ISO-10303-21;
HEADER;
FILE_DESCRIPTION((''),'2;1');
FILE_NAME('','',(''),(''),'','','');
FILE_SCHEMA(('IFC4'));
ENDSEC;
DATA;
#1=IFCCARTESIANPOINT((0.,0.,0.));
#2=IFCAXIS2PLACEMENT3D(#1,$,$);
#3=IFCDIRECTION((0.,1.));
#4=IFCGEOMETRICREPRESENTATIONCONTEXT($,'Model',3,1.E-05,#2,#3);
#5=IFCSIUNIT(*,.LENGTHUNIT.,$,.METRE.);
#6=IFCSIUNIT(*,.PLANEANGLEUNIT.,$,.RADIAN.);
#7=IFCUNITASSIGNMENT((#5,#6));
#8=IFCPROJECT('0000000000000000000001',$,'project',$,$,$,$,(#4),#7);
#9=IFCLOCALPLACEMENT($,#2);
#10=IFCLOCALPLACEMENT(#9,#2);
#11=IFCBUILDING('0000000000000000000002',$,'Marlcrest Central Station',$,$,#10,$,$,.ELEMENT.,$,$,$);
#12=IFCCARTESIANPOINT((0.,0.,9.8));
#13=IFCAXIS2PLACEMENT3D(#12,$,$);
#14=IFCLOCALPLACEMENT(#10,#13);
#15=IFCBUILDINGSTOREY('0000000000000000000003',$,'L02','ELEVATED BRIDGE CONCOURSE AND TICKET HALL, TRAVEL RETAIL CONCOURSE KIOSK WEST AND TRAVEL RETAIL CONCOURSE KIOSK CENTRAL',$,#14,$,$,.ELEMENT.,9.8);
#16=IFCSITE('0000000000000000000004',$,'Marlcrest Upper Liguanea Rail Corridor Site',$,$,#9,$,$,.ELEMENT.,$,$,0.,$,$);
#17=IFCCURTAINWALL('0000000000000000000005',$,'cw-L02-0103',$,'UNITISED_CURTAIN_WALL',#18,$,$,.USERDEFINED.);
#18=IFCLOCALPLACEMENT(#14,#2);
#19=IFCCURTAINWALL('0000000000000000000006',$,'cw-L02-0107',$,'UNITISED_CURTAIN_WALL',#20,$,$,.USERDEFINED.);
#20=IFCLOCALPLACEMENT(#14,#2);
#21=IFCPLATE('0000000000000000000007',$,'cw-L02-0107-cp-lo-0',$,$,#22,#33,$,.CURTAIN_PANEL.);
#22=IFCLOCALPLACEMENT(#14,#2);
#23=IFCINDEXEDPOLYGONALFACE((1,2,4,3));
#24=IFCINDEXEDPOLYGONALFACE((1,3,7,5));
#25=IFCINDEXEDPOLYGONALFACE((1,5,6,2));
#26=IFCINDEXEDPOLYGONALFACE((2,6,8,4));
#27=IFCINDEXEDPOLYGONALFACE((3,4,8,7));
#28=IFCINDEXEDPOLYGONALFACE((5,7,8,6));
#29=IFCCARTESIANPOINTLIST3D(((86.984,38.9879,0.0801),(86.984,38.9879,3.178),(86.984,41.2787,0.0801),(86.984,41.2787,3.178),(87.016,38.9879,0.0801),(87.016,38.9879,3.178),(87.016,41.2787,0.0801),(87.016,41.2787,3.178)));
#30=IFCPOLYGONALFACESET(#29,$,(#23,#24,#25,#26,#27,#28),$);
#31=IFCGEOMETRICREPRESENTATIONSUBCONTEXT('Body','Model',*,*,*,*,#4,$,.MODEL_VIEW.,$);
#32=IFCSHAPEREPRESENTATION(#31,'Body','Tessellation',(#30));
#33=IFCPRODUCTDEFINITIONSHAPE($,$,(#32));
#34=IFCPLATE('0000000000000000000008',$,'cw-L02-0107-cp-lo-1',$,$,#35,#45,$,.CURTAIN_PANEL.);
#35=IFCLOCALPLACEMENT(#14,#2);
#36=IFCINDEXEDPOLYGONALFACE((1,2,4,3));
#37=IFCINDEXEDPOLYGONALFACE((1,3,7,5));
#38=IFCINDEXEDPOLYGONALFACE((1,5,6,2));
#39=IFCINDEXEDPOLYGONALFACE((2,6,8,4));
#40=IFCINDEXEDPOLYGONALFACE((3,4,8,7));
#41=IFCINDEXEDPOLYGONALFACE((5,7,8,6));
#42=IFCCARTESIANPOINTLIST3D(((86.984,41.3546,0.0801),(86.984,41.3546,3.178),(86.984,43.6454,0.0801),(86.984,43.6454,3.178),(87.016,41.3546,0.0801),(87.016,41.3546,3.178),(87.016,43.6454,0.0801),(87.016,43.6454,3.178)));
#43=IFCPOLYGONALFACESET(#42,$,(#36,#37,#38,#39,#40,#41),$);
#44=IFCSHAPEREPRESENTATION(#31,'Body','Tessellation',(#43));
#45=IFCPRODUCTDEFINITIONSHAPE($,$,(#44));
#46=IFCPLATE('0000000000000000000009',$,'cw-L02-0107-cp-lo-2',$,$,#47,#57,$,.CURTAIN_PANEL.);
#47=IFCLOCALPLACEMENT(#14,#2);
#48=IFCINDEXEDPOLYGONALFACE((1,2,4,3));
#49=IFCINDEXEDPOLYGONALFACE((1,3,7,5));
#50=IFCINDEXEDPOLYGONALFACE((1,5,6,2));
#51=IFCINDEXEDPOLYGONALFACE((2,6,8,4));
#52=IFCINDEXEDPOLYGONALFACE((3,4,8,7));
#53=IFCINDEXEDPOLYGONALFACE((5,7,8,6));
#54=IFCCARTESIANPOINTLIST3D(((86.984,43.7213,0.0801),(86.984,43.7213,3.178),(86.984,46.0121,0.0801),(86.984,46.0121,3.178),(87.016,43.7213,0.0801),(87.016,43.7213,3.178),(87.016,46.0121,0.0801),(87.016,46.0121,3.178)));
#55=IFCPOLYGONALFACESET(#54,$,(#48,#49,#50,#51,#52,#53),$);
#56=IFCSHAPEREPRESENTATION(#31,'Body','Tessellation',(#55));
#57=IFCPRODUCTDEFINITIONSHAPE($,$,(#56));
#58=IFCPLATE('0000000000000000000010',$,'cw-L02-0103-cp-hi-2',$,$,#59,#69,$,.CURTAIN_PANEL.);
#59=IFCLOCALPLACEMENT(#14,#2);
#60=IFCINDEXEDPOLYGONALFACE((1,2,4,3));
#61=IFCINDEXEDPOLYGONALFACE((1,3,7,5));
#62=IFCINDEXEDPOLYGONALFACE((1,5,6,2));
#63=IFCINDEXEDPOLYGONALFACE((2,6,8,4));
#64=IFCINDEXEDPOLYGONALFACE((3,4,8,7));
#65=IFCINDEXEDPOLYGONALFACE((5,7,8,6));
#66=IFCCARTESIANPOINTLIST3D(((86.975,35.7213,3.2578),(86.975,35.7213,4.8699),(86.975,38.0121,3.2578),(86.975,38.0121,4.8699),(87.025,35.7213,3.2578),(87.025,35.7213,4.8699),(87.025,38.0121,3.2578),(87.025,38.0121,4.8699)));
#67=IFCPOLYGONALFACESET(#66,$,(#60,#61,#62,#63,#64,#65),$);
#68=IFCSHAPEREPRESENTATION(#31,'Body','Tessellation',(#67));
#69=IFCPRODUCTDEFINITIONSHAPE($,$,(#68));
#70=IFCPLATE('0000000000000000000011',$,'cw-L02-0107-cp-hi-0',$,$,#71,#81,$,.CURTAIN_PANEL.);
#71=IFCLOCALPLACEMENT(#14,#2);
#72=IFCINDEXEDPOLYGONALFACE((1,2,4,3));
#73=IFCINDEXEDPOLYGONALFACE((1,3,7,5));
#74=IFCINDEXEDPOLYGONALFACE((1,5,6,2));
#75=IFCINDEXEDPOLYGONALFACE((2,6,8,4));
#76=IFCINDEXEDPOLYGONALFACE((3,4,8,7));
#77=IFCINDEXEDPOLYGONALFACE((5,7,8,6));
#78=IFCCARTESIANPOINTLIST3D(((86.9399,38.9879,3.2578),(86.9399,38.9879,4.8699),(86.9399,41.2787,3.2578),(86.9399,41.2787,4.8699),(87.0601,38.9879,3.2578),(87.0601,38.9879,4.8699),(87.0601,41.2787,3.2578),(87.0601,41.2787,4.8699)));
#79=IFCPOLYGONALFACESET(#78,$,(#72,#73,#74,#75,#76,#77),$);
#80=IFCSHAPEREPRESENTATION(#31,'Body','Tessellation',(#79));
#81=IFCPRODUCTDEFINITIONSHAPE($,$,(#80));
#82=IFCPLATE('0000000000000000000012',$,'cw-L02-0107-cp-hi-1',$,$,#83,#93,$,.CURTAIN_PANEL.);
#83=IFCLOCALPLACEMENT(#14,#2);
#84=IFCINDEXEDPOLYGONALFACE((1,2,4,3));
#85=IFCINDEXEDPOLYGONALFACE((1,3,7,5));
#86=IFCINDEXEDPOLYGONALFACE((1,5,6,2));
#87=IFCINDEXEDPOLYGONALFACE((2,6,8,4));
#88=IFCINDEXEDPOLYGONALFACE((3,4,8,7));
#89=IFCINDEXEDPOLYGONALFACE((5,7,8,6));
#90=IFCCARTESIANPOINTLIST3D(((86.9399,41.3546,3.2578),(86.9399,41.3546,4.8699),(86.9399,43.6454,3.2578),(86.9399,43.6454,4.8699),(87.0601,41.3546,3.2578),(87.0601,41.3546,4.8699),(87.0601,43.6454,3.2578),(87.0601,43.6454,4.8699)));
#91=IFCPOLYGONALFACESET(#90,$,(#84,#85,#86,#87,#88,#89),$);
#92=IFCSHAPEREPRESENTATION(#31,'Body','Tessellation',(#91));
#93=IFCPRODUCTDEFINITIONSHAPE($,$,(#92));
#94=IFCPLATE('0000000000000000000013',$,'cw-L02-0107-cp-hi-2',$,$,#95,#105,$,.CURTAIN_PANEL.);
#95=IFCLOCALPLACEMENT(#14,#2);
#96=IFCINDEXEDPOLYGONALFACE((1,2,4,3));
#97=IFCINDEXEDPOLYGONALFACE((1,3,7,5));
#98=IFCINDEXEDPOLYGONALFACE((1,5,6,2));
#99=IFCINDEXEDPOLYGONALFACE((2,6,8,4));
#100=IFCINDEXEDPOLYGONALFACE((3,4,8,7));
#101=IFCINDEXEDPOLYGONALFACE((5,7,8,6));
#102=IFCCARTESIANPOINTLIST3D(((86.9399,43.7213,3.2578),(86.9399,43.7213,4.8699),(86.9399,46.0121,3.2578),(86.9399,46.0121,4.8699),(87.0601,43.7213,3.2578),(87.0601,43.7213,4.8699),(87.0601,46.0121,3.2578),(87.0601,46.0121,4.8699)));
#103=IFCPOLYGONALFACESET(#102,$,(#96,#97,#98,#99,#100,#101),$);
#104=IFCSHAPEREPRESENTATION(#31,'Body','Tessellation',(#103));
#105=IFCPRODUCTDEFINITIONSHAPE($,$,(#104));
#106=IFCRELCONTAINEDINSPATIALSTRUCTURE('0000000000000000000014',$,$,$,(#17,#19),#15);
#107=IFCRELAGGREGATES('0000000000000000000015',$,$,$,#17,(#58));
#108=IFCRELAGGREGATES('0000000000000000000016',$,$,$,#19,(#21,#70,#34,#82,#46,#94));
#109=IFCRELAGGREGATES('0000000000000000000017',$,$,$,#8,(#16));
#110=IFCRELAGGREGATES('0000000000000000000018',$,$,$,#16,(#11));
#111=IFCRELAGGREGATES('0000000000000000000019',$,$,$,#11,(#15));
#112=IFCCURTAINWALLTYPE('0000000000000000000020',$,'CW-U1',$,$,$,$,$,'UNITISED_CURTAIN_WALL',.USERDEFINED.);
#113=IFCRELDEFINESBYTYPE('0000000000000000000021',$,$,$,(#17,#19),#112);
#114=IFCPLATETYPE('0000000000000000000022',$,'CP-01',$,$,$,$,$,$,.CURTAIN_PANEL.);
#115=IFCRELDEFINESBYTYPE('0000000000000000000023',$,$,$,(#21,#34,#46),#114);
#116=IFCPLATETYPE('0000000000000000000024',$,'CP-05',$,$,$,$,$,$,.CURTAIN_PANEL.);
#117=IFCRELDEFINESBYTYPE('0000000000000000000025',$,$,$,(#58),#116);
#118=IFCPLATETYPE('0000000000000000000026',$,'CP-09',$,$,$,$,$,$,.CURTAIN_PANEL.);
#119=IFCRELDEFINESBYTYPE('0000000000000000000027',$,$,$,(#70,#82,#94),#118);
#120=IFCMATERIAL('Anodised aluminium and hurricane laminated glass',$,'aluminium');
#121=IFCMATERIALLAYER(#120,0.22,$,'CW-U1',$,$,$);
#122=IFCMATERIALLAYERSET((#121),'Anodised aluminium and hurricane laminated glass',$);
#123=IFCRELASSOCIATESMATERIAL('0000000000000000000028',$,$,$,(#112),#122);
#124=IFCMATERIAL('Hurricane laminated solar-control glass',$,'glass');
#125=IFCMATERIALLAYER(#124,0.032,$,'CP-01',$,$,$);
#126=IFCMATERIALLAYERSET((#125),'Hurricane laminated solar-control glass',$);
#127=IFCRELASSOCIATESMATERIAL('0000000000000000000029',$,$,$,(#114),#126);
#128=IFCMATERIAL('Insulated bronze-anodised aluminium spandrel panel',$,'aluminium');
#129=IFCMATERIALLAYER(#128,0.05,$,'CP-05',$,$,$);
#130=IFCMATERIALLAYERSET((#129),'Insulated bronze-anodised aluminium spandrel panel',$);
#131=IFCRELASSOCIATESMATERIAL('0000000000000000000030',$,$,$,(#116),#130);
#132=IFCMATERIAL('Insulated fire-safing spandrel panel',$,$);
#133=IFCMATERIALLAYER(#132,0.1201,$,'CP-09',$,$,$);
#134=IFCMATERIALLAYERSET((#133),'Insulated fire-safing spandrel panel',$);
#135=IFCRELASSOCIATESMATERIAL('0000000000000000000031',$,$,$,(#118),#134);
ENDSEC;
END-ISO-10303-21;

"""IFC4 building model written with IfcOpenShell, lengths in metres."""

from ifc_helpers import new_model, si_unit, direction, frame, origin, origin_2d, place, context, subcontext, project, spatial, rectangle, extrude, material, layer, layer_set, type_object, element, aggregate, save


model = new_model("IFC4")

# Units and contexts
model_context = context("Model", 3, precision=1e-05, world=origin(), true_north=direction((0.0, 1.0)))
body_context = subcontext(model_context, "Body", "Model", "MODEL_VIEW")
ifc_project = project(units=[si_unit("LENGTHUNIT", "METRE"), si_unit("PLANEANGLEUNIT", "RADIAN")], contexts=[model_context])

# Site, building, storey
site_placement = place(None, origin())
site = spatial("IfcSite", under=ifc_project, at=site_placement, Name="Marlcrest Upper Liguanea Rail Corridor Site", CompositionType="ELEMENT", RefElevation=0.0)
building_placement = place(site_placement, origin())
building = spatial("IfcBuilding", under=site, at=building_placement, Name="Marlcrest Central Station", CompositionType="ELEMENT")
storey_placement = place(building_placement, frame((0.0, 0.0, 9.8)))
storey = spatial("IfcBuildingStorey", under=building, at=storey_placement, Name="L02", Description="ELEVATED BRIDGE CONCOURSE AND TICKET HALL, TRAVEL RETAIL CONCOURSE KIOSK WEST AND TRAVEL RETAIL CONCOURSE KIOSK CENTRAL", CompositionType="ELEMENT", Elevation=9.8)

# Curtain wall
ifc_material_1 = material(Name="Anodised aluminium and hurricane laminated glass", Category="aluminium")
ifc_layer_1 = layer(ifc_material_1, 0.22, Name="CW-U1")
ifc_layer_set_1 = layer_set([ifc_layer_1], Name="Anodised aluminium and hurricane laminated glass")
curtain_wall_type = type_object("IfcCurtainWallType", Name="CW-U1", ElementType="UNITISED_CURTAIN_WALL", PredefinedType="USERDEFINED", material=ifc_layer_set_1)
curtain_wall_1_placement = place(storey_placement, origin())
curtain_wall_1 = element("IfcCurtainWall", 1, at=curtain_wall_1_placement, inside=storey, type_object=curtain_wall_type, Name="cw-L02-0103", ObjectType="UNITISED_CURTAIN_WALL", PredefinedType="USERDEFINED")

# Curtain wall
curtain_wall_2_placement = place(storey_placement, origin())
curtain_wall_2 = element("IfcCurtainWall", 2, at=curtain_wall_2_placement, inside=storey, type_object=curtain_wall_type, Name="cw-L02-0107", ObjectType="UNITISED_CURTAIN_WALL", PredefinedType="USERDEFINED")

# Plates
ifc_material_2 = material(Name="Hurricane laminated solar-control glass", Category="glass")
ifc_layer_2 = layer(ifc_material_2, 0.032, Name="CP-01")
ifc_layer_set_2 = layer_set([ifc_layer_2], Name="Hurricane laminated solar-control glass")
plate_type_1 = type_object("IfcPlateType", Name="CP-01", PredefinedType="CURTAIN_PANEL", material=ifc_layer_set_2)
plate_1_placement = place(storey_placement, frame((87.0, 40.1333, 0.0801), z_axis=(0.0, 0.0, 1.0), x_axis=(0.0, 1.0, 0.0)))
plate_1 = element("IfcPlate", 3, at=plate_1_placement, type_object=plate_type_1, Name="cw-L02-0107-cp-lo-0", PredefinedType="CURTAIN_PANEL", context=body_context, shape_type="SweptSolid", body=[
    extrude(rectangle(XDim=2.2908, YDim=0.032, at=origin_2d()), origin(), (0.0, 0.0, 1.0), 3.0979),
])
plate_2_placement = place(storey_placement, frame((87.0, 42.5, 0.0801), z_axis=(0.0, 0.0, 1.0), x_axis=(0.0, 1.0, 0.0)))
plate_2 = element("IfcPlate", 4, at=plate_2_placement, type_object=plate_type_1, Name="cw-L02-0107-cp-lo-1", PredefinedType="CURTAIN_PANEL", context=body_context, shape_type="SweptSolid", body=[
    extrude(rectangle(XDim=2.2908, YDim=0.032, at=origin_2d()), origin(), (0.0, 0.0, 1.0), 3.0979),
])
plate_3_placement = place(storey_placement, frame((87.0, 44.8667, 0.0801), z_axis=(0.0, 0.0, 1.0), x_axis=(0.0, 1.0, 0.0)))
plate_3 = element("IfcPlate", 5, at=plate_3_placement, type_object=plate_type_1, Name="cw-L02-0107-cp-lo-2", PredefinedType="CURTAIN_PANEL", context=body_context, shape_type="SweptSolid", body=[
    extrude(rectangle(XDim=2.2908, YDim=0.032, at=origin_2d()), origin(), (0.0, 0.0, 1.0), 3.0979),
])
ifc_material_3 = material(Name="Insulated bronze-anodised aluminium spandrel panel", Category="aluminium")
ifc_layer_3 = layer(ifc_material_3, 0.05, Name="CP-05")
ifc_layer_set_3 = layer_set([ifc_layer_3], Name="Insulated bronze-anodised aluminium spandrel panel")
plate_type_2 = type_object("IfcPlateType", Name="CP-05", PredefinedType="CURTAIN_PANEL", material=ifc_layer_set_3)
plate_4_placement = place(storey_placement, frame((87.0, 36.8667, 3.2578), z_axis=(0.0, 0.0, 1.0), x_axis=(0.0, 1.0, 0.0)))
plate_4 = element("IfcPlate", 6, at=plate_4_placement, type_object=plate_type_2, Name="cw-L02-0103-cp-hi-2", PredefinedType="CURTAIN_PANEL", context=body_context, shape_type="SweptSolid", body=[
    extrude(rectangle(XDim=2.2908, YDim=0.05, at=origin_2d()), origin(), (0.0, 0.0, 1.0), 1.6121),
])
aggregate(curtain_wall_1, [plate_4])
ifc_material_4 = material(Name="Insulated fire-safing spandrel panel")
ifc_layer_4 = layer(ifc_material_4, 0.1201, Name="CP-09")
ifc_layer_set_4 = layer_set([ifc_layer_4], Name="Insulated fire-safing spandrel panel")
plate_type_3 = type_object("IfcPlateType", Name="CP-09", PredefinedType="CURTAIN_PANEL", material=ifc_layer_set_4)
plate_5_placement = place(storey_placement, frame((87.0, 40.1333, 3.2578), z_axis=(0.0, 0.0, 1.0), x_axis=(0.0, 1.0, 0.0)))
plate_5 = element("IfcPlate", 7, at=plate_5_placement, type_object=plate_type_3, Name="cw-L02-0107-cp-hi-0", PredefinedType="CURTAIN_PANEL", context=body_context, shape_type="SweptSolid", body=[
    extrude(rectangle(XDim=2.2908, YDim=0.1201, at=origin_2d()), origin(), (0.0, 0.0, 1.0), 1.6121),
])
plate_6_placement = place(storey_placement, frame((87.0, 42.5, 3.2578), z_axis=(0.0, 0.0, 1.0), x_axis=(0.0, 1.0, 0.0)))
plate_6 = element("IfcPlate", 8, at=plate_6_placement, type_object=plate_type_3, Name="cw-L02-0107-cp-hi-1", PredefinedType="CURTAIN_PANEL", context=body_context, shape_type="SweptSolid", body=[
    extrude(rectangle(XDim=2.2908, YDim=0.1201, at=origin_2d()), origin(), (0.0, 0.0, 1.0), 1.6121),
])
plate_7_placement = place(storey_placement, frame((87.0, 44.8667, 3.2578), z_axis=(0.0, 0.0, 1.0), x_axis=(0.0, 1.0, 0.0)))
plate_7 = element("IfcPlate", 9, at=plate_7_placement, type_object=plate_type_3, Name="cw-L02-0107-cp-hi-2", PredefinedType="CURTAIN_PANEL", context=body_context, shape_type="SweptSolid", body=[
    extrude(rectangle(XDim=2.2908, YDim=0.1201, at=origin_2d()), origin(), (0.0, 0.0, 1.0), 1.6121),
])
aggregate(curtain_wall_2, [plate_1, plate_5, plate_2, plate_6, plate_3, plate_7])

save(model, "model.ifc")
